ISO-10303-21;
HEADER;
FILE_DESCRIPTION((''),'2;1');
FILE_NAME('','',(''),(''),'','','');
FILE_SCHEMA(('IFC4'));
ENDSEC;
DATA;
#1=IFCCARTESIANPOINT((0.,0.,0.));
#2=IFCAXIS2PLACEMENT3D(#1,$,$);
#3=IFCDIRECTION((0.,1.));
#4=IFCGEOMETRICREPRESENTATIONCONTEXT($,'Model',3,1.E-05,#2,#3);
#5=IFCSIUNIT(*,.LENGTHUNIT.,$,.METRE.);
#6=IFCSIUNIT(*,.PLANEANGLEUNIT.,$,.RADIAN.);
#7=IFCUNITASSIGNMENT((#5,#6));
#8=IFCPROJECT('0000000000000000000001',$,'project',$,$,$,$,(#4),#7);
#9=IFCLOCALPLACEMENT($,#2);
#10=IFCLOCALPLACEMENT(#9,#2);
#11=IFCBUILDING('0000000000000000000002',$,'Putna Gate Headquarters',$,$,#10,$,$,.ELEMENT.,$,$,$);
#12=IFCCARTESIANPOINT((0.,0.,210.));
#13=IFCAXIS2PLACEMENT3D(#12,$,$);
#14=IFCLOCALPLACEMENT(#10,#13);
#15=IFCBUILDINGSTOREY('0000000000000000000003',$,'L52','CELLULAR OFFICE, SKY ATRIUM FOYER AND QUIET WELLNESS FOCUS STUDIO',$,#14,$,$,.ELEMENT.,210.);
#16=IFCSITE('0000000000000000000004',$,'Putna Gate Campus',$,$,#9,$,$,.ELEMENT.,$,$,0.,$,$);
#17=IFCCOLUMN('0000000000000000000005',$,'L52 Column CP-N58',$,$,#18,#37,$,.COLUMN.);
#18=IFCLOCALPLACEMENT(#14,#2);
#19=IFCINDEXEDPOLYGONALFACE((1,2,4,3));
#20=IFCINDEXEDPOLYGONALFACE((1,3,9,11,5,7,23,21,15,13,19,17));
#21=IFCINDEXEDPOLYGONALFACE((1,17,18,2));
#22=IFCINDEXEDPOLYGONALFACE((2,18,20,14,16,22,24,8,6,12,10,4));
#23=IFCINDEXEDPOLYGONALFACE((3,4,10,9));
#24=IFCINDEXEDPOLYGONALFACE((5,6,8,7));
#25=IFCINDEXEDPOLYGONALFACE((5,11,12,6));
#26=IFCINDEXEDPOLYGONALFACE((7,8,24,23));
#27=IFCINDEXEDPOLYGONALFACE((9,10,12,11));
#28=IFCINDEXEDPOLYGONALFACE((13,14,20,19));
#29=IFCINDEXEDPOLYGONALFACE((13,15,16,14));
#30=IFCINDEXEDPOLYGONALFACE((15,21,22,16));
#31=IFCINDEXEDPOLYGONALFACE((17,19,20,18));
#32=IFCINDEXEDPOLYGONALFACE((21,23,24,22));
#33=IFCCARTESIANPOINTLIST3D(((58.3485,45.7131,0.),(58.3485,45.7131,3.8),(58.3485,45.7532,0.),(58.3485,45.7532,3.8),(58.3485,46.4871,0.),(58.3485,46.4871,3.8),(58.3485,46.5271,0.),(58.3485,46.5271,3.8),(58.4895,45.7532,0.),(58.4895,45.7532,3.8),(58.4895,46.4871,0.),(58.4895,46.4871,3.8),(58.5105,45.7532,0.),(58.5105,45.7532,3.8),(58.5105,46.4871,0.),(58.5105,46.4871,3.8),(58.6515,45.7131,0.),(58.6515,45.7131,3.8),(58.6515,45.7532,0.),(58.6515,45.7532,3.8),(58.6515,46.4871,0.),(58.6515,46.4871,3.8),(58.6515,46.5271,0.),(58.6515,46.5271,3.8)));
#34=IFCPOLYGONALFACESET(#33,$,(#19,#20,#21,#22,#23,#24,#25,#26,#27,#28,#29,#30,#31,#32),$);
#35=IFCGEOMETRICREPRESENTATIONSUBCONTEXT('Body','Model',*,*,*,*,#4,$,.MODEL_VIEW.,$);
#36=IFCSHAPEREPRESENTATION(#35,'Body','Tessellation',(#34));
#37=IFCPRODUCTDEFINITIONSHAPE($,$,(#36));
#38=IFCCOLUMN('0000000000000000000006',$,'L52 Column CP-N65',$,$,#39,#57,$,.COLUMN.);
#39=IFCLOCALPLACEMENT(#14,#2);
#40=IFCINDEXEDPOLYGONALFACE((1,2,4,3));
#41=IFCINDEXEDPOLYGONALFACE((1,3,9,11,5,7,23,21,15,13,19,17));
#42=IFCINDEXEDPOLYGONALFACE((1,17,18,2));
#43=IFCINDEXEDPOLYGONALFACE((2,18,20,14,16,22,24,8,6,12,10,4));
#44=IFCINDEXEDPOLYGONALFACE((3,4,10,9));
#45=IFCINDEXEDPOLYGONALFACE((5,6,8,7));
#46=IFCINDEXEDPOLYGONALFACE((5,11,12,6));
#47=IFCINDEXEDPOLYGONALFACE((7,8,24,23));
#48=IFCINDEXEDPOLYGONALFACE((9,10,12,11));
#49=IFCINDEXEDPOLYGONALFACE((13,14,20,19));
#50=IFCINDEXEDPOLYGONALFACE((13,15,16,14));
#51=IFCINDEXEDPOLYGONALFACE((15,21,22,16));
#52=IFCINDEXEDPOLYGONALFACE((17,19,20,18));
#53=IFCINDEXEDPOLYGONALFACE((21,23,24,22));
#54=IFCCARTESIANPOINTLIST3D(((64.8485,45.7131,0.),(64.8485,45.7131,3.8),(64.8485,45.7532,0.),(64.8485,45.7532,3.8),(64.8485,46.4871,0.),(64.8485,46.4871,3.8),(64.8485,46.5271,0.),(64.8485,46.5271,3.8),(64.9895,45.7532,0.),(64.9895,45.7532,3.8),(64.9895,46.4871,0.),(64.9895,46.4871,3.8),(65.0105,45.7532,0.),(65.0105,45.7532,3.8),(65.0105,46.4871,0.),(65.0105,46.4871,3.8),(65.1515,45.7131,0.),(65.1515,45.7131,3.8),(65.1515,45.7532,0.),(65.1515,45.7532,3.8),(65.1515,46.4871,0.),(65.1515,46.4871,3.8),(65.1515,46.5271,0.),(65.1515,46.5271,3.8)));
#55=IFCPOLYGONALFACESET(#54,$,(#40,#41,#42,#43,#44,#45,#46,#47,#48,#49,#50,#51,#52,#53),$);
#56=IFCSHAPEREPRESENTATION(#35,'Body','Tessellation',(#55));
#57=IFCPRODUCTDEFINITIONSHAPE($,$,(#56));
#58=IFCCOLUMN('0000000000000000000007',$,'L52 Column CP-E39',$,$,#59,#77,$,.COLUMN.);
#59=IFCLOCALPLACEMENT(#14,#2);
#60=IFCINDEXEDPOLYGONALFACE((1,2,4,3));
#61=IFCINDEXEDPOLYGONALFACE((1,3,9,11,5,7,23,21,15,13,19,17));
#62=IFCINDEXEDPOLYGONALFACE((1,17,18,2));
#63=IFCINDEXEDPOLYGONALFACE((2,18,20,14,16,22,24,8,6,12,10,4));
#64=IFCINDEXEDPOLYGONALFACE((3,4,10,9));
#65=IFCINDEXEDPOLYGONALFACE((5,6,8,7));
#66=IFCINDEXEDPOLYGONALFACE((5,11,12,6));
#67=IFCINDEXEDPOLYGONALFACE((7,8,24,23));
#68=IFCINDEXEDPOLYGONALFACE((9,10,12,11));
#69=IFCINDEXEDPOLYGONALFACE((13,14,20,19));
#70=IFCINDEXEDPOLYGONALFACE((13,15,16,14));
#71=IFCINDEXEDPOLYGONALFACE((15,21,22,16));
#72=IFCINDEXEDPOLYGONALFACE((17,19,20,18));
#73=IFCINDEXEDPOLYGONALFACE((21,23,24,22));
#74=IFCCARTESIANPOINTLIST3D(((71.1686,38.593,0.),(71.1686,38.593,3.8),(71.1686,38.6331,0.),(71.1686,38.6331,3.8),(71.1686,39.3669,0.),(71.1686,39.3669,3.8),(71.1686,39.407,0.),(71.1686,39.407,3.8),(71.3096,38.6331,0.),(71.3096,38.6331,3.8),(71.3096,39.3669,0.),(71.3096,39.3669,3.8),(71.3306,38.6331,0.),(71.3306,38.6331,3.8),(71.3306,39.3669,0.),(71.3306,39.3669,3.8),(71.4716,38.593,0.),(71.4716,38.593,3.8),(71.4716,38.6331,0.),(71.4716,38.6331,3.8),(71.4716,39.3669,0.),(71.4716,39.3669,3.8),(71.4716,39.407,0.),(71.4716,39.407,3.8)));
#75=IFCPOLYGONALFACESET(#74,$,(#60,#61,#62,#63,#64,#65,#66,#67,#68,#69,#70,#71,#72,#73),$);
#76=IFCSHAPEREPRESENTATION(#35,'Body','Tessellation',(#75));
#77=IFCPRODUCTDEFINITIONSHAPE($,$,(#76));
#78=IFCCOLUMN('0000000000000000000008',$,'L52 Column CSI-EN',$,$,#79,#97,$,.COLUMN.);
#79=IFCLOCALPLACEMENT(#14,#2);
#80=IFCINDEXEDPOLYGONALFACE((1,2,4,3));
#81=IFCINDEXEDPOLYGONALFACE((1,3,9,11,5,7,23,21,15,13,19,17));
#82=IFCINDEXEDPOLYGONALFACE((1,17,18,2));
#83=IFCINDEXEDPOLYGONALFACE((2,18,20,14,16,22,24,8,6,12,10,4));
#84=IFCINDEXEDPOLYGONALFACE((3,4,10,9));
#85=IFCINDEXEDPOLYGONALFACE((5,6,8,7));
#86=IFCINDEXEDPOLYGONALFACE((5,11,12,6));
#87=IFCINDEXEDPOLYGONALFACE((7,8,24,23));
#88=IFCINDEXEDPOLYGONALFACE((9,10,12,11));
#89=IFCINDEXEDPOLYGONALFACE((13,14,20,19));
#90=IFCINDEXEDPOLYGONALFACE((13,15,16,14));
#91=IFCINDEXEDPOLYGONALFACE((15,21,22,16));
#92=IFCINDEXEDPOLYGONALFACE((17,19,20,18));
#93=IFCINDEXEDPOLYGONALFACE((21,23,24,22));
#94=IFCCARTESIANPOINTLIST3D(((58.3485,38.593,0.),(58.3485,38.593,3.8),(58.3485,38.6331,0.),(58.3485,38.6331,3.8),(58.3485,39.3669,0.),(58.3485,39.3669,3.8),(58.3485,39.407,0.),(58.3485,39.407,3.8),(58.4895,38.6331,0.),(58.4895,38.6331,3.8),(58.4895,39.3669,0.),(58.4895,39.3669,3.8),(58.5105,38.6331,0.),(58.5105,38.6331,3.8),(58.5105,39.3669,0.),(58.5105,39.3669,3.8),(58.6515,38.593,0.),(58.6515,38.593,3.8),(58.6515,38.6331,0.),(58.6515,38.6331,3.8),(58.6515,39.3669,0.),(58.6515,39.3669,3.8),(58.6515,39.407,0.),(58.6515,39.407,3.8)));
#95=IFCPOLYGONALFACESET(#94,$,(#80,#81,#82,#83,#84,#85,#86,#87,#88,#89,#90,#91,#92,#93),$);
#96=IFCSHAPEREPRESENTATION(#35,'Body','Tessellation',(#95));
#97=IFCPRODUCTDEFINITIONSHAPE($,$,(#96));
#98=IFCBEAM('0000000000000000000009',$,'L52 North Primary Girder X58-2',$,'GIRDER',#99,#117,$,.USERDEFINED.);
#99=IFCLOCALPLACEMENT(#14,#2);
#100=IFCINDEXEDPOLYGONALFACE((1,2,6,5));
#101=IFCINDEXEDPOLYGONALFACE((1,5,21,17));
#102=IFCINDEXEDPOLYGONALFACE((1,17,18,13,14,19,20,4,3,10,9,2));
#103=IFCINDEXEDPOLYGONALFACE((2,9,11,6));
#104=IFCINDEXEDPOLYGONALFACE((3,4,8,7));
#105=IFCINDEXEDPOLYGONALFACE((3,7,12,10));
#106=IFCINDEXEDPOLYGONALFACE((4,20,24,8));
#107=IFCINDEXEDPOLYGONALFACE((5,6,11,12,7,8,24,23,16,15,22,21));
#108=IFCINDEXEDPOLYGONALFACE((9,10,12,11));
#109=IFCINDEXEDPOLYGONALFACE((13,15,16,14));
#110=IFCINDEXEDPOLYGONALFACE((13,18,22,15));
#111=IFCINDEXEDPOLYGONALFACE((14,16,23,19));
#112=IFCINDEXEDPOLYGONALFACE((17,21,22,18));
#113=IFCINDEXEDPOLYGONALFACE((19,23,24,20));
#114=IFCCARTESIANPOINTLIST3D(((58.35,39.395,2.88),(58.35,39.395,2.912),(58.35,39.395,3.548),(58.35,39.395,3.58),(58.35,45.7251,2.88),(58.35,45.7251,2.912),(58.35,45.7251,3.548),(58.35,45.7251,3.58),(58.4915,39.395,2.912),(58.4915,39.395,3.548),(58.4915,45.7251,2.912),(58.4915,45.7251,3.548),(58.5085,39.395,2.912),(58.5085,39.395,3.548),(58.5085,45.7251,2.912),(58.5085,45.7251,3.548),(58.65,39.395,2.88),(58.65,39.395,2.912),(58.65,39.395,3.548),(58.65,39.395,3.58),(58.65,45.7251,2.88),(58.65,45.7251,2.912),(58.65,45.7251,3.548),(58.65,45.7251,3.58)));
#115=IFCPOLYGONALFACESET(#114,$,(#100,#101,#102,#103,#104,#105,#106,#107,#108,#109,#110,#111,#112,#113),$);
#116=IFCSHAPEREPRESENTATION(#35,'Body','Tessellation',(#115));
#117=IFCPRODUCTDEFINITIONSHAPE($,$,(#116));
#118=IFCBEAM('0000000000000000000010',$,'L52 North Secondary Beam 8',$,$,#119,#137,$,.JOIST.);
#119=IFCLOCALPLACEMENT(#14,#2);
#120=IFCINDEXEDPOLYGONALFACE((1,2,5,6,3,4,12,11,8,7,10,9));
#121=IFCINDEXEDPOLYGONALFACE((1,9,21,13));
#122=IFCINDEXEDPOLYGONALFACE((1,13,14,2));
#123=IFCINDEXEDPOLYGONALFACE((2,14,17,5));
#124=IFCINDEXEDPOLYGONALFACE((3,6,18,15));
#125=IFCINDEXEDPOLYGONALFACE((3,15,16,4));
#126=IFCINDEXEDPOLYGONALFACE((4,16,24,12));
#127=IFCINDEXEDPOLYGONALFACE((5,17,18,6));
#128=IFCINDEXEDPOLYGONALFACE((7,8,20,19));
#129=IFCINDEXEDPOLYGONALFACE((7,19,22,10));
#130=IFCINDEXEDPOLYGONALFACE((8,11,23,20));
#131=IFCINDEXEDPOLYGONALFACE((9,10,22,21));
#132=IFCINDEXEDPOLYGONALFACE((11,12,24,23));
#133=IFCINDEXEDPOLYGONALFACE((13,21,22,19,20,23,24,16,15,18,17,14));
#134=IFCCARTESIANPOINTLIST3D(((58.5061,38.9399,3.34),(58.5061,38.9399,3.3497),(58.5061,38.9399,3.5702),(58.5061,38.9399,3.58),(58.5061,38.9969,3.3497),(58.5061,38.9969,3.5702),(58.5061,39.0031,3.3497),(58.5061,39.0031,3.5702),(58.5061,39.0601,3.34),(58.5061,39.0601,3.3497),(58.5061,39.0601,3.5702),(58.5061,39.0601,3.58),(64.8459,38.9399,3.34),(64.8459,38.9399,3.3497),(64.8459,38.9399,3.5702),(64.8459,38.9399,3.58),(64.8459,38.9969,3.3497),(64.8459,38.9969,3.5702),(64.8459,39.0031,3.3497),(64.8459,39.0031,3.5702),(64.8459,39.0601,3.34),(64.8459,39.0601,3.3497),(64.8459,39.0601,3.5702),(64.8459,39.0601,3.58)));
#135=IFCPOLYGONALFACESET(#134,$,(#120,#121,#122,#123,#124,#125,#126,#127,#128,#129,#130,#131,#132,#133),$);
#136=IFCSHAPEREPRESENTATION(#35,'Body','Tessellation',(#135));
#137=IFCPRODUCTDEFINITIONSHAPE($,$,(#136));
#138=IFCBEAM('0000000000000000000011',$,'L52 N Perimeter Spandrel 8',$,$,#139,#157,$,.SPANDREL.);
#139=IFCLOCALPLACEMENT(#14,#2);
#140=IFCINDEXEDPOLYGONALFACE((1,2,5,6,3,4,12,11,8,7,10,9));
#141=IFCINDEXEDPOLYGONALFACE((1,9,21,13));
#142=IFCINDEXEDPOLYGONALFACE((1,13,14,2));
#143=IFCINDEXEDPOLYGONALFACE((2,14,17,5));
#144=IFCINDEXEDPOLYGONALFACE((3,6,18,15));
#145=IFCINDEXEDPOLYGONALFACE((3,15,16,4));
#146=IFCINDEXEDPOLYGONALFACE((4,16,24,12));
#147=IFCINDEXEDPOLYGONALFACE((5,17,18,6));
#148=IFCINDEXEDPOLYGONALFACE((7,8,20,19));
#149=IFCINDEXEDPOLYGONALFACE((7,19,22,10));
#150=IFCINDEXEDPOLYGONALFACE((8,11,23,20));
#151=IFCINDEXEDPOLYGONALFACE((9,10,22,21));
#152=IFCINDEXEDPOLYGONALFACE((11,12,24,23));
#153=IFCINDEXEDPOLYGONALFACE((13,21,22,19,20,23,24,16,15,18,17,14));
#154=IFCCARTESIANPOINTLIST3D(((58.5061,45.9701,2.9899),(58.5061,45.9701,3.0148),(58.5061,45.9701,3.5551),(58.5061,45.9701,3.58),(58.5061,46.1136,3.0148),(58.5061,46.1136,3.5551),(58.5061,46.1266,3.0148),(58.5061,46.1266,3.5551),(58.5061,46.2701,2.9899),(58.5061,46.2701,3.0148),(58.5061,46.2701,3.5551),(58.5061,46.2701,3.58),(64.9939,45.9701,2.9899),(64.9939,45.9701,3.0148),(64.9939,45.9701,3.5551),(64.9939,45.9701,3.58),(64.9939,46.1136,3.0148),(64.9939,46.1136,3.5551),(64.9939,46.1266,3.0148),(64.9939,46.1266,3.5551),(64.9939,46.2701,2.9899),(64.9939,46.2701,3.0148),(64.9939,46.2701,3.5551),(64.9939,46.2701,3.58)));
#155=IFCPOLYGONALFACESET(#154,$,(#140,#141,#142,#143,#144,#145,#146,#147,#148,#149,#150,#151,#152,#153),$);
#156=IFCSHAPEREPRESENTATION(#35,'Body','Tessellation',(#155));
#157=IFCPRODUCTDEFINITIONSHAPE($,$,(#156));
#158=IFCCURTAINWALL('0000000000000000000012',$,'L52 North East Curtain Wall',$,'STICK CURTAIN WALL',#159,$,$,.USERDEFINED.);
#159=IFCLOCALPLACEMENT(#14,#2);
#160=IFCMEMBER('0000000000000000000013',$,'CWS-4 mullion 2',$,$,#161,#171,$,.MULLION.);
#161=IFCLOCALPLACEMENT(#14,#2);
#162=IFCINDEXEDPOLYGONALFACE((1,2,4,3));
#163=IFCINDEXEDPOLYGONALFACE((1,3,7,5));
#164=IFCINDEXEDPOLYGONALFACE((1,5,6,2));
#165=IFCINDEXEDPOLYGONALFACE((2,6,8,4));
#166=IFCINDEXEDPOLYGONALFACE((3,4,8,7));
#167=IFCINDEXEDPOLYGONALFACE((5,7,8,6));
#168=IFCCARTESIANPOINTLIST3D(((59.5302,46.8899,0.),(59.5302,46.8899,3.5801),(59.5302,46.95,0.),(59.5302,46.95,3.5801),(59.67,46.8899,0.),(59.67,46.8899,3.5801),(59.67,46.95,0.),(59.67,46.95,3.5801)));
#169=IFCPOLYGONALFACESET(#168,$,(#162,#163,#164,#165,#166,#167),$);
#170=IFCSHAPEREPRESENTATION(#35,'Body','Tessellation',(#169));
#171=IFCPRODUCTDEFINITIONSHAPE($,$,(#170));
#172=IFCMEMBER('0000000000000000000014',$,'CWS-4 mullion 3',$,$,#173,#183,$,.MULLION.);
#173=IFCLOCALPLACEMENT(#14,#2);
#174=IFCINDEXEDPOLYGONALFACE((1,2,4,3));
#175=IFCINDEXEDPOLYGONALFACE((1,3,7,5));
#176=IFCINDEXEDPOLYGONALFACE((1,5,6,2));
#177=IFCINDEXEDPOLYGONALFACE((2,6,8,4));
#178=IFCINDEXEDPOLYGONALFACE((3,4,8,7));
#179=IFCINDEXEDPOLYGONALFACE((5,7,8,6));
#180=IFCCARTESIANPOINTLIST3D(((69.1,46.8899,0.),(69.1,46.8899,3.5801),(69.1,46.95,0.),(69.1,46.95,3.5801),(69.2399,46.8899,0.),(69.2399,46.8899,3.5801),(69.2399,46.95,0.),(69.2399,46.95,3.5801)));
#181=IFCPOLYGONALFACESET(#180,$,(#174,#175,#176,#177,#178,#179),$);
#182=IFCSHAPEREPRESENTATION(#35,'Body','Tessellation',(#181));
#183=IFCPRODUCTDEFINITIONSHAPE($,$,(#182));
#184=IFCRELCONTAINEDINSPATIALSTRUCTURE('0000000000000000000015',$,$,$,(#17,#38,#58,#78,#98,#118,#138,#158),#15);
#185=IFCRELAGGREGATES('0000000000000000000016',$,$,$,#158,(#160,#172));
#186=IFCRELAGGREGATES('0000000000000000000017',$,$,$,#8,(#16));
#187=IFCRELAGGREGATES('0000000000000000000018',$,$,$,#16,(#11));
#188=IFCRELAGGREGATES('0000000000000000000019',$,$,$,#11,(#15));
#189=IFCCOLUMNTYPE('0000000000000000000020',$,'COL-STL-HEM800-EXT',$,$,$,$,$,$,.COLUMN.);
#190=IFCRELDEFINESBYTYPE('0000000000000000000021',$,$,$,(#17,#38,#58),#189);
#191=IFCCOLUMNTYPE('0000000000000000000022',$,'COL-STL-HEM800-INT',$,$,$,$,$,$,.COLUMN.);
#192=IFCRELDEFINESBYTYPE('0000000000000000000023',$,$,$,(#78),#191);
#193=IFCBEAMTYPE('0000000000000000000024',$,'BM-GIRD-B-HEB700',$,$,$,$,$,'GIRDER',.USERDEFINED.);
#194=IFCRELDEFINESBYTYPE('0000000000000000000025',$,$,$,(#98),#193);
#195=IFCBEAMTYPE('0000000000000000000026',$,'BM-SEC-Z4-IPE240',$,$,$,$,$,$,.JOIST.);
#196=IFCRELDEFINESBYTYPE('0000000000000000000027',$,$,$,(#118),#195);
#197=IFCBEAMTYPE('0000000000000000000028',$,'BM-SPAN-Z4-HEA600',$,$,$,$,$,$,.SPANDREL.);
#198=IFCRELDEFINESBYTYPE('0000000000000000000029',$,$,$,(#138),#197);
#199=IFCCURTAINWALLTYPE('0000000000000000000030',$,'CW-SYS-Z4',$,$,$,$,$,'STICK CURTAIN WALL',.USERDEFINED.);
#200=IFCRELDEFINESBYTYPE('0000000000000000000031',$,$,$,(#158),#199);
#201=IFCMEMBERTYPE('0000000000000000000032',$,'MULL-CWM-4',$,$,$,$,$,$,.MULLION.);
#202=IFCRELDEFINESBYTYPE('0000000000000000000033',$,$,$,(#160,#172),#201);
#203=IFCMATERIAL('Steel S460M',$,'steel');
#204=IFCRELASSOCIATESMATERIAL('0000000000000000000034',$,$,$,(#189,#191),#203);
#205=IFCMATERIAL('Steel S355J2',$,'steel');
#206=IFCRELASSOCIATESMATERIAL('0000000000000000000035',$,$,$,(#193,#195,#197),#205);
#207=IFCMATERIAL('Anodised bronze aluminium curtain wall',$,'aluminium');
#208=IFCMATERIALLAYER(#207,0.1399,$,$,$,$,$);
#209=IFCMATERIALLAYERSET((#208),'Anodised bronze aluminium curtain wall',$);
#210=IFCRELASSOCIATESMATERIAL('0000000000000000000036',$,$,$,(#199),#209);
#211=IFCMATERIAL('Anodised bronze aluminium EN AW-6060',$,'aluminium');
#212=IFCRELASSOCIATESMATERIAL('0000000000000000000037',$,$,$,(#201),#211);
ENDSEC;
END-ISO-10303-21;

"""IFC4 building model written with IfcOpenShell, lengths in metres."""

from ifc_helpers import new_model, si_unit, direction, frame, origin, origin_2d, place, context, subcontext, project, spatial, rectangle, i_section, extrude, material, layer, layer_set, material_profile, profile_set, type_object, element, aggregate, save


model = new_model("IFC4")

# Units and contexts
model_context = context("Model", 3, precision=1e-05, world=origin(), true_north=direction((0.0, 1.0)))
body_context = subcontext(model_context, "Body", "Model", "MODEL_VIEW")
ifc_project = project(units=[si_unit("LENGTHUNIT", "METRE"), si_unit("PLANEANGLEUNIT", "RADIAN")], contexts=[model_context])

# Site, building, storey
site_placement = place(None, origin())
site = spatial("IfcSite", under=ifc_project, at=site_placement, Name="Putna Gate Campus", CompositionType="ELEMENT", RefElevation=0.0)
building_placement = place(site_placement, origin())
building = spatial("IfcBuilding", under=site, at=building_placement, Name="Putna Gate Headquarters", CompositionType="ELEMENT")
storey_placement = place(building_placement, frame((0.0, 0.0, 210.0)))
storey = spatial("IfcBuildingStorey", under=building, at=storey_placement, Name="L52", Description="CELLULAR OFFICE, SKY ATRIUM FOYER AND QUIET WELLNESS FOCUS STUDIO", CompositionType="ELEMENT", Elevation=210.0)

# Columns
ifc_material_1 = material(Name="Steel S460M", Category="steel")
ifc_material_profile_1 = material_profile(ifc_material_1, i_section(OverallWidth=0.303, OverallDepth=0.814, WebThickness=0.021, FlangeThickness=0.04, at=origin_2d()), Name="Steel S460M")
ifc_profile_set_1 = profile_set([ifc_material_profile_1], Name="Steel S460M")
column_type_1 = type_object("IfcColumnType", Name="COL-STL-HEM800-EXT", PredefinedType="COLUMN", material=ifc_profile_set_1)
for number, where, z_axis, x_axis, name in (
    (1, (58.5, 46.1201, 0.0), (0.0, 0.0, 1.0), (1.0, 0.0, 0.0), "L52 Column CP-N58"),
    (2, (65.0, 46.1201, 0.0), (0.0, 0.0, 1.0), (1.0, 0.0, 0.0), "L52 Column CP-N65"),
    (3, (71.3201, 39.0, 0.0), (0.0, 0.0, 1.0), (1.0, 0.0, 0.0), "L52 Column CP-E39"),
):
    element("IfcColumn", number, at=place(storey_placement, frame(where, z_axis=z_axis, x_axis=x_axis)), inside=storey, type_object=column_type_1, Name=name, PredefinedType="COLUMN", context=body_context, shape_type="SweptSolid", body=[
        extrude(i_section(OverallWidth=0.303, OverallDepth=0.814, WebThickness=0.021, FlangeThickness=0.04, at=origin_2d()), origin(), (0.0, 0.0, 1.0), 3.8),
    ])
ifc_material_profile_2 = material_profile(ifc_material_1, i_section(OverallWidth=0.303, OverallDepth=0.814, WebThickness=0.021, FlangeThickness=0.04, at=origin_2d()), Name="Steel S460M")
ifc_profile_set_2 = profile_set([ifc_material_profile_2], Name="Steel S460M")
column_type_2 = type_object("IfcColumnType", Name="COL-STL-HEM800-INT", PredefinedType="COLUMN", material=ifc_profile_set_2)
column_placement = place(storey_placement, frame((58.5, 39.0, 0.0), z_axis=(0.0, 0.0, 1.0), x_axis=(1.0, 0.0, 0.0)))
element("IfcColumn", 4, at=column_placement, inside=storey, type_object=column_type_2, Name="L52 Column CSI-EN", PredefinedType="COLUMN", context=body_context, shape_type="SweptSolid", body=[
    extrude(i_section(OverallWidth=0.303, OverallDepth=0.814, WebThickness=0.021, FlangeThickness=0.04, at=origin_2d()), origin(), (0.0, 0.0, 1.0), 3.8),
])

# Beams
ifc_material_2 = material(Name="Steel S355J2", Category="steel")
ifc_material_profile_3 = material_profile(ifc_material_2, i_section(OverallWidth=0.3, OverallDepth=0.7, WebThickness=0.0171, FlangeThickness=0.032, at=origin_2d()), Name="Steel S355J2")
ifc_profile_set_3 = profile_set([ifc_material_profile_3], Name="Steel S355J2")
beam_type_1 = type_object("IfcBeamType", Name="BM-GIRD-B-HEB700", ElementType="GIRDER", PredefinedType="USERDEFINED", material=ifc_profile_set_3)
beam_1_placement = place(storey_placement, frame((58.5, 39.395, 3.23), z_axis=(0.0, 1.0, 0.0), x_axis=(-1.0, 0.0, 0.0)))
element("IfcBeam", 5, at=beam_1_placement, inside=storey, type_object=beam_type_1, Name="L52 North Primary Girder X58-2", ObjectType="GIRDER", PredefinedType="USERDEFINED", context=body_context, shape_type="SweptSolid", body=[
    extrude(i_section(OverallWidth=0.3, OverallDepth=0.7, WebThickness=0.0171, FlangeThickness=0.032, at=origin_2d()), origin(), (0.0, 0.0, 1.0), 6.3301),
])
ifc_material_profile_4 = material_profile(ifc_material_2, i_section(OverallWidth=0.1201, OverallDepth=0.24, WebThickness=0.0061, FlangeThickness=0.0098, at=origin_2d()), Name="Steel S355J2")
ifc_profile_set_4 = profile_set([ifc_material_profile_4], Name="Steel S355J2")
beam_type_2 = type_object("IfcBeamType", Name="BM-SEC-Z4-IPE240", PredefinedType="JOIST", material=ifc_profile_set_4)
beam_2_placement = place(storey_placement, frame((58.5061, 39.0, 3.46), z_axis=(1.0, 0.0, 0.0), x_axis=(0.0, 1.0, 0.0)))
element("IfcBeam", 6, at=beam_2_placement, inside=storey, type_object=beam_type_2, Name="L52 North Secondary Beam 8", PredefinedType="JOIST", context=body_context, shape_type="SweptSolid", body=[
    extrude(i_section(OverallWidth=0.1201, OverallDepth=0.24, WebThickness=0.0061, FlangeThickness=0.0098, at=origin_2d()), origin(), (0.0, 0.0, 1.0), 6.3398),
])
ifc_material_profile_5 = material_profile(ifc_material_2, i_section(OverallWidth=0.3, OverallDepth=0.5901, WebThickness=0.0129, FlangeThickness=0.0249, at=origin_2d()), Name="Steel S355J2")
ifc_profile_set_5 = profile_set([ifc_material_profile_5], Name="Steel S355J2")
beam_type_3 = type_object("IfcBeamType", Name="BM-SPAN-Z4-HEA600", PredefinedType="SPANDREL", material=ifc_profile_set_5)
beam_3_placement = place(storey_placement, frame((58.5061, 46.1201, 3.2849), z_axis=(1.0, 0.0, 0.0), x_axis=(0.0, 1.0, 0.0)))
element("IfcBeam", 7, at=beam_3_placement, inside=storey, type_object=beam_type_3, Name="L52 N Perimeter Spandrel 8", PredefinedType="SPANDREL", context=body_context, shape_type="SweptSolid", body=[
    extrude(i_section(OverallWidth=0.3, OverallDepth=0.5901, WebThickness=0.0129, FlangeThickness=0.0249, at=origin_2d()), origin(), (0.0, 0.0, 1.0), 6.4878),
])

# Curtain wall, members
ifc_material_3 = material(Name="Anodised bronze aluminium curtain wall", Category="aluminium")
ifc_layer_1 = layer(ifc_material_3, 0.1399)
ifc_layer_set_1 = layer_set([ifc_layer_1], Name="Anodised bronze aluminium curtain wall")
curtain_wall_type = type_object("IfcCurtainWallType", Name="CW-SYS-Z4", ElementType="STICK CURTAIN WALL", PredefinedType="USERDEFINED", material=ifc_layer_set_1)
curtain_wall_1_placement = place(storey_placement, origin())
curtain_wall_1 = element("IfcCurtainWall", 8, at=curtain_wall_1_placement, inside=storey, type_object=curtain_wall_type, Name="L52 North East Curtain Wall", ObjectType="STICK CURTAIN WALL", PredefinedType="USERDEFINED")
ifc_material_4 = material(Name="Anodised bronze aluminium EN AW-6060", Category="aluminium")
ifc_material_profile_6 = material_profile(ifc_material_4, rectangle(XDim=0.0601, YDim=0.1399, at=origin_2d()), Name="Anodised bronze aluminium EN AW-6060")
ifc_profile_set_6 = profile_set([ifc_material_profile_6], Name="Anodised bronze aluminium EN AW-6060")
member_type_1 = type_object("IfcMemberType", Name="MULL-CWM-4", PredefinedType="MULLION", material=ifc_profile_set_6)
member_1_placement = place(storey_placement, frame((59.6001, 46.9199, 0.0), z_axis=(0.0, 0.0, 1.0), x_axis=(0.0, 1.0, 0.0)))
member_1 = element("IfcMember", 9, at=member_1_placement, type_object=member_type_1, Name="CWS-4 mullion 2", PredefinedType="MULLION", context=body_context, shape_type="SweptSolid", body=[
    extrude(rectangle(XDim=0.0601, YDim=0.1399, at=origin_2d()), origin(), (0.0, 0.0, 1.0), 3.5801),
])
member_2_placement = place(storey_placement, frame((69.1699, 46.9199, 0.0), z_axis=(0.0, 0.0, 1.0), x_axis=(0.0, 1.0, 0.0)))
member_2 = element("IfcMember", 10, at=member_2_placement, type_object=member_type_1, Name="CWS-4 mullion 3", PredefinedType="MULLION", context=body_context, shape_type="SweptSolid", body=[
    extrude(rectangle(XDim=0.0601, YDim=0.1399, at=origin_2d()), origin(), (0.0, 0.0, 1.0), 3.5801),
])

aggregate(curtain_wall_1, [member_1, member_2])

save(model, "model.ifc")
